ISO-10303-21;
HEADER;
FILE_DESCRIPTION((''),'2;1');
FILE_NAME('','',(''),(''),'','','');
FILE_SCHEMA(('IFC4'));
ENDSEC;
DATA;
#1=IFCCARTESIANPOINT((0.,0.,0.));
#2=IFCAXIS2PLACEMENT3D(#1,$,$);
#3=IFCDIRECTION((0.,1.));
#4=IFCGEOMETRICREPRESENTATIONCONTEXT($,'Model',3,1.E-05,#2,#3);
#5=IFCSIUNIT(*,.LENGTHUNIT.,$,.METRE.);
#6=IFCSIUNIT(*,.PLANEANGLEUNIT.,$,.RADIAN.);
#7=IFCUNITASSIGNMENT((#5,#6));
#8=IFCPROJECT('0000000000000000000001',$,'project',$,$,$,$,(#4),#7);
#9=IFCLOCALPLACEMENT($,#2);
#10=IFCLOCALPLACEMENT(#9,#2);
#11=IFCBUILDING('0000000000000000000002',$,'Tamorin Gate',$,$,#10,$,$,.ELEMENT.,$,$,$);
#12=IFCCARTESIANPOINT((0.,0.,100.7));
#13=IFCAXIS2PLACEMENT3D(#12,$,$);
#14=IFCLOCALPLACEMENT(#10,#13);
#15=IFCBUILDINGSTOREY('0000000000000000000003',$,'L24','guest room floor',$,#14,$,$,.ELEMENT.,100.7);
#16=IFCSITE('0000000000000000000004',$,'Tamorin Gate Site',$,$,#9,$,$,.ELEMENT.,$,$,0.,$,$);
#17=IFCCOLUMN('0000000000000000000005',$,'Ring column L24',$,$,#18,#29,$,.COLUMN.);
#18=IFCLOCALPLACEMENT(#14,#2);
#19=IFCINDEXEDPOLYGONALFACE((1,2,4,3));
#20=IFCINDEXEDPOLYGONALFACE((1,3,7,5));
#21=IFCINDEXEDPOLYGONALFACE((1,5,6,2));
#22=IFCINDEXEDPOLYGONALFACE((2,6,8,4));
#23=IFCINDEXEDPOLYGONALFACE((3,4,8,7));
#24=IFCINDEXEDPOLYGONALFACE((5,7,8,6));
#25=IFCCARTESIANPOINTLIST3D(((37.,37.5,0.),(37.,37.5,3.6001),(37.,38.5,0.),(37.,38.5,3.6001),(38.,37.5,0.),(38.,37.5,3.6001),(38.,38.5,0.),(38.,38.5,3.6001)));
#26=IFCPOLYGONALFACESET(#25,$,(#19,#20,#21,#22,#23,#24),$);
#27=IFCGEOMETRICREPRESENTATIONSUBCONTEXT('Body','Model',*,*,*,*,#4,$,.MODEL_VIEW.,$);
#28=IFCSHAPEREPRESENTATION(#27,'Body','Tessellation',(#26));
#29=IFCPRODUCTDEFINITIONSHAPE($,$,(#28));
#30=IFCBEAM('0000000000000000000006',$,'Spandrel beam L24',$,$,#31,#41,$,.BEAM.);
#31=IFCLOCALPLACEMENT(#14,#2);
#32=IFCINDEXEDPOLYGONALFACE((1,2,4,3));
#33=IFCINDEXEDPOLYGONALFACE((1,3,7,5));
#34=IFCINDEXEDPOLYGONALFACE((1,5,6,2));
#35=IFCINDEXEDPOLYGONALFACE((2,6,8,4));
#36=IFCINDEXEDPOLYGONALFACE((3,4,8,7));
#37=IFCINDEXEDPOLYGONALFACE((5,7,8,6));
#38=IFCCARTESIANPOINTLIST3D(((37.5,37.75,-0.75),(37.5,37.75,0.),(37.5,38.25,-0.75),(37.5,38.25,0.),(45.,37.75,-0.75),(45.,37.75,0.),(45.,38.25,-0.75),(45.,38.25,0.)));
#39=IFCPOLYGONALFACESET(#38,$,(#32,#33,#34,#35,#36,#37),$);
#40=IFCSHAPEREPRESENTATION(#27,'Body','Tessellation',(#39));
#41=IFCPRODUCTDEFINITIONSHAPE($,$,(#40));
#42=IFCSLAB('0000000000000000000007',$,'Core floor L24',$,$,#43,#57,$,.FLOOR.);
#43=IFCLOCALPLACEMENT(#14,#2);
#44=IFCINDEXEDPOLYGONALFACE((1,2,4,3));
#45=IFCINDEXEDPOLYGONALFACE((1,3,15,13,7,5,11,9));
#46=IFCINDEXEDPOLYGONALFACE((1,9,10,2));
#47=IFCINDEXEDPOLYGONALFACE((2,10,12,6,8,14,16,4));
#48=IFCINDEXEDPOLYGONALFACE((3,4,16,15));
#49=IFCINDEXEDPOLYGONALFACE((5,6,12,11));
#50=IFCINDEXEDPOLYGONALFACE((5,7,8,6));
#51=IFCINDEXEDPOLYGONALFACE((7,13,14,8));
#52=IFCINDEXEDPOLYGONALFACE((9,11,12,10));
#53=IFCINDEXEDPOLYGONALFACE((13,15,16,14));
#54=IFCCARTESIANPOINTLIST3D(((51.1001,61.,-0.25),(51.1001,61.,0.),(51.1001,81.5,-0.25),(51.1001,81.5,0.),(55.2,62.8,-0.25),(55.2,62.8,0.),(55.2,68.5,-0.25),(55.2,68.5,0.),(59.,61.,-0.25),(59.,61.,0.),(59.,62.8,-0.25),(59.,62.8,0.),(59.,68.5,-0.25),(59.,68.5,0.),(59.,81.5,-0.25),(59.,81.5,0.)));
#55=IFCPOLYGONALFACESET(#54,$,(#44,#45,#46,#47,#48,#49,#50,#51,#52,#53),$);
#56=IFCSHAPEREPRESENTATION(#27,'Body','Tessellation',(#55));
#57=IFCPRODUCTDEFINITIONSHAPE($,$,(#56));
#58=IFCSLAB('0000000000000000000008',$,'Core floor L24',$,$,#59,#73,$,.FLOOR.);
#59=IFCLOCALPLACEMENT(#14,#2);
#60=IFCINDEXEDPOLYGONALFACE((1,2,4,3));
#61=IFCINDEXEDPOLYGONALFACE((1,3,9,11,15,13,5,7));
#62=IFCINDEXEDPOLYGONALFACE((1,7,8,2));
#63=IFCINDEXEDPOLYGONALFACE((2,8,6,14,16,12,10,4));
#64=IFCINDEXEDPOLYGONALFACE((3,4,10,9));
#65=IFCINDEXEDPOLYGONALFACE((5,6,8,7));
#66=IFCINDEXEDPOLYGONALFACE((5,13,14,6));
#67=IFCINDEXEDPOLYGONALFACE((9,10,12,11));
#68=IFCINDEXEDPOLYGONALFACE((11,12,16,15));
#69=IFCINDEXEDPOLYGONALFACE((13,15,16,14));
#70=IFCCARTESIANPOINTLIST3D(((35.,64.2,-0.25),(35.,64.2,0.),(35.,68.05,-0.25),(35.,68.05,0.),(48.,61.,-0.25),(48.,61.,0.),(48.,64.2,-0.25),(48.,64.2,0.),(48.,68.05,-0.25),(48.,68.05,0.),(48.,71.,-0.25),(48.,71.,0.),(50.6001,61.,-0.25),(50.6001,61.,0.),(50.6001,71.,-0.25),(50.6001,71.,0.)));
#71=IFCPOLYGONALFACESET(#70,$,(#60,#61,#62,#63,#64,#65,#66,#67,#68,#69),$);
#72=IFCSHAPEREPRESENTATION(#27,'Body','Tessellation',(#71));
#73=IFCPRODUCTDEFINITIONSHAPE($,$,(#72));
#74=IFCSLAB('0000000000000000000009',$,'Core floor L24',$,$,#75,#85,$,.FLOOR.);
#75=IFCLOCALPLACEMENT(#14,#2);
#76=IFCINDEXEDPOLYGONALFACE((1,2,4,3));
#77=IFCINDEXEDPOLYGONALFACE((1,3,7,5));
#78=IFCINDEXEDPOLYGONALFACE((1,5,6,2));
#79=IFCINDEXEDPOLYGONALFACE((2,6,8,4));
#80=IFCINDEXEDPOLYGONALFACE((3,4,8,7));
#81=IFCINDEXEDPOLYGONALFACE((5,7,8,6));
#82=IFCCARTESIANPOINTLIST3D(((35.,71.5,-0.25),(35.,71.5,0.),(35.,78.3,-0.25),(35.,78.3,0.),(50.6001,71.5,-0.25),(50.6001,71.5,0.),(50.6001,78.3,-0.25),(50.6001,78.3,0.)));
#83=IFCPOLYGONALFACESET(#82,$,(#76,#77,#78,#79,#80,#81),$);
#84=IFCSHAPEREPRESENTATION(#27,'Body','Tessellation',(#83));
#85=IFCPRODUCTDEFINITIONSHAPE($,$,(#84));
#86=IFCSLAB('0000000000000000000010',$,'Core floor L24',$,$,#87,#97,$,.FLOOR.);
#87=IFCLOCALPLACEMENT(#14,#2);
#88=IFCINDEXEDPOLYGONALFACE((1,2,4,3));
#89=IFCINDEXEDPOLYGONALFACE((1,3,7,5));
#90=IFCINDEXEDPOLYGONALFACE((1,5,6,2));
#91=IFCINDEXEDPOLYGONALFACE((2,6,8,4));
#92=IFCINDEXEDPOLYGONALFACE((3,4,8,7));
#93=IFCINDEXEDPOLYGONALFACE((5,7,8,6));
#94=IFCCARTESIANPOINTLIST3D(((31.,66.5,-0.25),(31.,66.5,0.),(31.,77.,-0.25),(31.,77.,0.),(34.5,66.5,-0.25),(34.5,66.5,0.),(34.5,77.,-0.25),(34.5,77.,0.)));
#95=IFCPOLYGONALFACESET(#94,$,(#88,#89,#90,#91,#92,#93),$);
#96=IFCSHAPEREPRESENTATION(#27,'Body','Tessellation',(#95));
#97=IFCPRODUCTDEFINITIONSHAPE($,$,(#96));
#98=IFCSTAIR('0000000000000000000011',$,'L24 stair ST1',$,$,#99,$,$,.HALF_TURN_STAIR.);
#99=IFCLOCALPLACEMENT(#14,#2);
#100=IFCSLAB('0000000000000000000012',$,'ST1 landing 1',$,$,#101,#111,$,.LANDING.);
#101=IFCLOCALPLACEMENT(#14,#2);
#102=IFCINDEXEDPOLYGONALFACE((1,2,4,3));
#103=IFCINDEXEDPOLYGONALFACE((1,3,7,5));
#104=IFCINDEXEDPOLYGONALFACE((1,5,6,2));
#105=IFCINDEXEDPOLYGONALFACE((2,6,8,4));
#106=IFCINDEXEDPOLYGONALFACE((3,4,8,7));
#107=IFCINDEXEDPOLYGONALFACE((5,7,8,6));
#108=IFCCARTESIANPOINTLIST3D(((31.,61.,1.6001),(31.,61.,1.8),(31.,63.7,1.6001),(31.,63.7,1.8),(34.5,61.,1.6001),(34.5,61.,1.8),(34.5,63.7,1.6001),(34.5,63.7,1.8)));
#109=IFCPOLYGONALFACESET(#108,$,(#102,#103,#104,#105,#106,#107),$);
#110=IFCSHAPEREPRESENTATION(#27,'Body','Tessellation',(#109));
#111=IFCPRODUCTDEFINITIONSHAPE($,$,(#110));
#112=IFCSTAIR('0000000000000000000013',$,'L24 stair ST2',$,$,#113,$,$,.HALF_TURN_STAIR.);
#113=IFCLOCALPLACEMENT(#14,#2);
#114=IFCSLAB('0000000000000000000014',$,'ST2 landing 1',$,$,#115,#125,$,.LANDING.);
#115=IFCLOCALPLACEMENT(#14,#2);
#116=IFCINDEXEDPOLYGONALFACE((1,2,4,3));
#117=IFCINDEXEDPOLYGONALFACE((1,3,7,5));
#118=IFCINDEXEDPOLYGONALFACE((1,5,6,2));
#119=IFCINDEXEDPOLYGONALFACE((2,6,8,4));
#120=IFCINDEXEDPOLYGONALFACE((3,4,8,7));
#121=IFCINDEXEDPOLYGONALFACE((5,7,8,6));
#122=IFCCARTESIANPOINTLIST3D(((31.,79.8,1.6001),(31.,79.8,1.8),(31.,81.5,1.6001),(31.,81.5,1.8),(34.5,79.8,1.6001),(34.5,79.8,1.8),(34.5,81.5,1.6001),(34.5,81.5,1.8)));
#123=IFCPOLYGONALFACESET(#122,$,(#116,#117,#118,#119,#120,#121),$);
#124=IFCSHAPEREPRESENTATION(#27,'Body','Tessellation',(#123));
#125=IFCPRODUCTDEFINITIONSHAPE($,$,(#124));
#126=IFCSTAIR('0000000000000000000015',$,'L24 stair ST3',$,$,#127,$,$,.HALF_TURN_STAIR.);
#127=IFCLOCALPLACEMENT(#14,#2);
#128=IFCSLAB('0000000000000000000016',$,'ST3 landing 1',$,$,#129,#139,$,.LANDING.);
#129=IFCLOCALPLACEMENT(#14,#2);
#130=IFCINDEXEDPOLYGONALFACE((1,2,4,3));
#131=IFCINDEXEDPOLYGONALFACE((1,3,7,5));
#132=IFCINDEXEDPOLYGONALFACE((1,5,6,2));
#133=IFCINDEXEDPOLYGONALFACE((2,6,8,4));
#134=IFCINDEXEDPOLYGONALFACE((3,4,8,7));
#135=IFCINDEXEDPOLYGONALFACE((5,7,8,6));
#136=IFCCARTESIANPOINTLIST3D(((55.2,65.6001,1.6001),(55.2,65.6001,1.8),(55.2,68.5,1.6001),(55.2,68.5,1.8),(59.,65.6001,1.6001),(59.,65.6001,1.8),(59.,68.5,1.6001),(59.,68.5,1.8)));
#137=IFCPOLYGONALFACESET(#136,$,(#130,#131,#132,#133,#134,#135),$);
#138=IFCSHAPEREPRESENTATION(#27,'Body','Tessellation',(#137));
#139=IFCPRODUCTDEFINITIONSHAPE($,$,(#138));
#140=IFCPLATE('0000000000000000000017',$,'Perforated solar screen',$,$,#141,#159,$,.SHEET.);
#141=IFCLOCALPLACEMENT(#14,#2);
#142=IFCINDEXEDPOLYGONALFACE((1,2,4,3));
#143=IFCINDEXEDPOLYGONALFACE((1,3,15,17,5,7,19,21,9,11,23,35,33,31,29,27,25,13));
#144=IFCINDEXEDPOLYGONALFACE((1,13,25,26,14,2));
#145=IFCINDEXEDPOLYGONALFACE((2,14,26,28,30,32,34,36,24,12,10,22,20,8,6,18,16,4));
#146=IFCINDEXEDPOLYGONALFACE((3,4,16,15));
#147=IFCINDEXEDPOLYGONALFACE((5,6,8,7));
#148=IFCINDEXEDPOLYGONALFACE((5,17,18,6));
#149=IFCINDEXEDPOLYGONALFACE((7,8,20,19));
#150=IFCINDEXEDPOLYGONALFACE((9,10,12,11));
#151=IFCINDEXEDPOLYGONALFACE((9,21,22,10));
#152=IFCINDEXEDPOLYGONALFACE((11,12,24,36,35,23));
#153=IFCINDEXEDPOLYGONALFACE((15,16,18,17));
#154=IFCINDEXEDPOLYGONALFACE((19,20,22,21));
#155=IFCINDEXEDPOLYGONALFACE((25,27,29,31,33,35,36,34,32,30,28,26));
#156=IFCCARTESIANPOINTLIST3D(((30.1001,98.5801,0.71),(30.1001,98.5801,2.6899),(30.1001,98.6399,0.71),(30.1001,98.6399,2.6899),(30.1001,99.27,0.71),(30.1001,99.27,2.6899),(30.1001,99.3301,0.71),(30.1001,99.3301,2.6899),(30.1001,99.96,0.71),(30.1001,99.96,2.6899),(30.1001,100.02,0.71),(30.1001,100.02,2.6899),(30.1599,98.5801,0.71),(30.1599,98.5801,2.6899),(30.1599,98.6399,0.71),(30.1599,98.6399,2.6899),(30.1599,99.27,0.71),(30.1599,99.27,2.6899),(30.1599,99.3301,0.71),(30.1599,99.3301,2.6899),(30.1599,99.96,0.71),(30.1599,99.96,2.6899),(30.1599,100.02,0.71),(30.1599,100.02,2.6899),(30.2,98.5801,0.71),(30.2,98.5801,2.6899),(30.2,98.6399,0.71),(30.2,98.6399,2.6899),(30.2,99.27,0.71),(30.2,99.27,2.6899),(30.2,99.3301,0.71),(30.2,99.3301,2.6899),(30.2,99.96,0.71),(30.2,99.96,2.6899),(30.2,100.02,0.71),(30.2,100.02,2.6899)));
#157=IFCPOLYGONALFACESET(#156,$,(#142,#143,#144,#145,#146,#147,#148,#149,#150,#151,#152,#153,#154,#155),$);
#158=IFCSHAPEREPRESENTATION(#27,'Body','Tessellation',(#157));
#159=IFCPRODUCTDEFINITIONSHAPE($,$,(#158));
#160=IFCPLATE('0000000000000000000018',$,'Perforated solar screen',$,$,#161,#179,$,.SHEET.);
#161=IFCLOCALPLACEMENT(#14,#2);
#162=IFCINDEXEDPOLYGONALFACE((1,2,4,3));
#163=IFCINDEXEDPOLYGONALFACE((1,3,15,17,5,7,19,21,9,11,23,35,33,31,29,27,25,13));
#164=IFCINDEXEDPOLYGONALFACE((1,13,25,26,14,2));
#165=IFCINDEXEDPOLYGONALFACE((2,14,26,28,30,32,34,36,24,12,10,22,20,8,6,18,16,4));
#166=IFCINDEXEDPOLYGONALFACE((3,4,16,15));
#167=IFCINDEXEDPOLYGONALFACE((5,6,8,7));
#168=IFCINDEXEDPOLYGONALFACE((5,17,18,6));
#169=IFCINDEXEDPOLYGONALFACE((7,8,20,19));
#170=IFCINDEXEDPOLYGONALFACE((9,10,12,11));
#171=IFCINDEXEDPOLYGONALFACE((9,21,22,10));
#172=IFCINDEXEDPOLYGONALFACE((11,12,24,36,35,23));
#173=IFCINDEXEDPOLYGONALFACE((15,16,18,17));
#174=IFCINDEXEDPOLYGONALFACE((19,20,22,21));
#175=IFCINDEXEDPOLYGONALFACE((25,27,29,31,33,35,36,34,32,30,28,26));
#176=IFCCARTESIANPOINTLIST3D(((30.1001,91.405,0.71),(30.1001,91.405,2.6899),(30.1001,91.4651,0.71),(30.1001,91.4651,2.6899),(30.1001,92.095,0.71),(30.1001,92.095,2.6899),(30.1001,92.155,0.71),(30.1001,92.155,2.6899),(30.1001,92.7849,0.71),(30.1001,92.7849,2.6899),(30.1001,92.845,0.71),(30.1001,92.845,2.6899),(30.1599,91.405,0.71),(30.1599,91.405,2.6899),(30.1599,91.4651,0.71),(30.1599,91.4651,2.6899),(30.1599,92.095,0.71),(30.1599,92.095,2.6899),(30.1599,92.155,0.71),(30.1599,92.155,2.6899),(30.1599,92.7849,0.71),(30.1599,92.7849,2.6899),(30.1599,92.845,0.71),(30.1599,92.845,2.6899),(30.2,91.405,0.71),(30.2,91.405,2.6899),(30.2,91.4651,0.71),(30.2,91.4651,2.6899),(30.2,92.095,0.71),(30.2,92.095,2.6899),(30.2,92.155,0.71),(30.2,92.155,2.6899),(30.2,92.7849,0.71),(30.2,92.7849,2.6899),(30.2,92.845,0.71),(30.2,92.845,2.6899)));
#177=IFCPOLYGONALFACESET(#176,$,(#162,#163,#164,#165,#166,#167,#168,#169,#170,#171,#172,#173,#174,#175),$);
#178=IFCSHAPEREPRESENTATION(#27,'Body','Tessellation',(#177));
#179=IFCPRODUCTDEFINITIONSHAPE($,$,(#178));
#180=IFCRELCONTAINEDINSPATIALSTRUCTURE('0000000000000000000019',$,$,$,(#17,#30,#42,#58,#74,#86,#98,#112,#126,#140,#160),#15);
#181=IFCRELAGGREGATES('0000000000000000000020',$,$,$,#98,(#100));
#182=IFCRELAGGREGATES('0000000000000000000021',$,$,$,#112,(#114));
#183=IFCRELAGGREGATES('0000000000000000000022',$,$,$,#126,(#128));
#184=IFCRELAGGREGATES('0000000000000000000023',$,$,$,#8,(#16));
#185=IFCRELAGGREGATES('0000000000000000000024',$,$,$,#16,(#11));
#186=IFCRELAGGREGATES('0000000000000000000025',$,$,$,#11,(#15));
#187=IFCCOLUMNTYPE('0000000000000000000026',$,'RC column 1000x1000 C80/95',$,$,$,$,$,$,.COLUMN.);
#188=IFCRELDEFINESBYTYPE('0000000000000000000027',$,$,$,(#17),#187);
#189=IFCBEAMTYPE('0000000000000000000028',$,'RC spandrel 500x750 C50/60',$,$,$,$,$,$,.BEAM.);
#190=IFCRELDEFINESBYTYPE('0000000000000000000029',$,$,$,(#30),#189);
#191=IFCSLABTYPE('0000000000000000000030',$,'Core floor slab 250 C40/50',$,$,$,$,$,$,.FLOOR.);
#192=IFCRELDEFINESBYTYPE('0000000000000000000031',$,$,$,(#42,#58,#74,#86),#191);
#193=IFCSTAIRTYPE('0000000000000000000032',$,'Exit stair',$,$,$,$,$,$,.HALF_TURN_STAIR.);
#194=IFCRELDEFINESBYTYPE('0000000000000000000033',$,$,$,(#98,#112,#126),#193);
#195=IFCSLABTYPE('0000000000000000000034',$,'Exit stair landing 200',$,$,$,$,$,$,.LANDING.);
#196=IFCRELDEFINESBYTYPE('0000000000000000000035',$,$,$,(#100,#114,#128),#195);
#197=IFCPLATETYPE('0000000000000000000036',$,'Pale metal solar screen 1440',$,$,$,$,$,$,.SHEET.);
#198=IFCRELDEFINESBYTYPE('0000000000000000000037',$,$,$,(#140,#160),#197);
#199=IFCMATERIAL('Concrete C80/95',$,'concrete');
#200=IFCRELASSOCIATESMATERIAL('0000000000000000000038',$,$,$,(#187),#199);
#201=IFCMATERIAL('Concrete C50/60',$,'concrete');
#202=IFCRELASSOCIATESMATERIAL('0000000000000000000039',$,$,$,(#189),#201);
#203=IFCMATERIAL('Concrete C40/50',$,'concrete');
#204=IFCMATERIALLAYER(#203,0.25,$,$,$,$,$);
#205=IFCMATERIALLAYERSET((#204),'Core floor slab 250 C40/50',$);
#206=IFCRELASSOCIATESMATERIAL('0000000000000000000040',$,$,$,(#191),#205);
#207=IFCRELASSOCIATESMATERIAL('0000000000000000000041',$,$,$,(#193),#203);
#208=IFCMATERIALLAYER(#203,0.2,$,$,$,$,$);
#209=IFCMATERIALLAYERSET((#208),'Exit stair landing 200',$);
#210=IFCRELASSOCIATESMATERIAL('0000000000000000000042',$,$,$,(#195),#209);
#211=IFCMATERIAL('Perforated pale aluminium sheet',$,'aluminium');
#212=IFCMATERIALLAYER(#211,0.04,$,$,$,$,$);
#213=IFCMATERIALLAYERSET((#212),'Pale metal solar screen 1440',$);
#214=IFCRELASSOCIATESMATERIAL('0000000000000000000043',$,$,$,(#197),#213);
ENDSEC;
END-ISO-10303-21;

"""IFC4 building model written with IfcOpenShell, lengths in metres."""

from ifc_helpers import new_model, si_unit, direction, frame, origin, origin_2d, place, context, subcontext, project, spatial, polyline, rectangle, outline, extrude, material, layer, layer_set, material_profile, profile_set, type_object, element, aggregate, save


model = new_model("IFC4")

# Units and contexts
model_context = context("Model", 3, precision=1e-05, world=origin(), true_north=direction((0.0, 1.0)))
body_context = subcontext(model_context, "Body", "Model", "MODEL_VIEW")
ifc_project = project(units=[si_unit("LENGTHUNIT", "METRE"), si_unit("PLANEANGLEUNIT", "RADIAN")], contexts=[model_context])

# Site, building, storey
site_placement = place(None, origin())
site = spatial("IfcSite", under=ifc_project, at=site_placement, Name="Tamorin Gate Site", CompositionType="ELEMENT", RefElevation=0.0)
building_placement = place(site_placement, origin())
building = spatial("IfcBuilding", under=site, at=building_placement, Name="Tamorin Gate", CompositionType="ELEMENT")
storey_placement = place(building_placement, frame((0.0, 0.0, 100.7)))
storey = spatial("IfcBuildingStorey", under=building, at=storey_placement, Name="L24", Description="guest room floor", CompositionType="ELEMENT", Elevation=100.7)

# Column
ifc_material_1 = material(Name="Concrete C80/95", Category="concrete")
ifc_material_profile_1 = material_profile(ifc_material_1, rectangle(XDim=1.0, YDim=1.0, at=origin_2d()), Name="RC 1000x1000")
ifc_profile_set_1 = profile_set([ifc_material_profile_1], Name="Concrete C80/95")
column_type = type_object("IfcColumnType", Name="RC column 1000x1000 C80/95", PredefinedType="COLUMN", material=ifc_profile_set_1)
column_placement = place(storey_placement, frame((37.5, 38.0, 0.0), z_axis=(0.0, 0.0, 1.0), x_axis=(1.0, 0.0, 0.0)))
element("IfcColumn", 1, at=column_placement, inside=storey, type_object=column_type, Name="Ring column L24", PredefinedType="COLUMN", context=body_context, shape_type="SweptSolid", body=[
    extrude(rectangle(XDim=1.0, YDim=1.0, at=origin_2d()), origin(), (0.0, 0.0, 1.0), 3.6001),
])

# Beam
ifc_material_2 = material(Name="Concrete C50/60", Category="concrete")
ifc_material_profile_2 = material_profile(ifc_material_2, rectangle(XDim=0.5, YDim=0.75, at=origin_2d()), Name="RC 500x750")
ifc_profile_set_2 = profile_set([ifc_material_profile_2], Name="Concrete C50/60")
beam_type = type_object("IfcBeamType", Name="RC spandrel 500x750 C50/60", PredefinedType="BEAM", material=ifc_profile_set_2)
beam_placement = place(storey_placement, frame((37.5, 38.0, -0.375), z_axis=(1.0, 0.0, 0.0), x_axis=(0.0, 1.0, 0.0)))
element("IfcBeam", 2, at=beam_placement, inside=storey, type_object=beam_type, Name="Spandrel beam L24", PredefinedType="BEAM", context=body_context, shape_type="SweptSolid", body=[
    extrude(rectangle(XDim=0.5, YDim=0.75, at=origin_2d()), origin(), (0.0, 0.0, 1.0), 7.5),
])

# Slabs
ifc_material_3 = material(Name="Concrete C40/50", Category="concrete")
ifc_layer_1 = layer(ifc_material_3, 0.25)
ifc_layer_set_1 = layer_set([ifc_layer_1], Name="Core floor slab 250 C40/50")
slab_type_1 = type_object("IfcSlabType", Name="Core floor slab 250 C40/50", PredefinedType="FLOOR", material=ifc_layer_set_1)
slab_1_placement = place(storey_placement, frame((0.0, 0.0, -0.25)))
element("IfcSlab", 3, at=slab_1_placement, inside=storey, type_object=slab_type_1, Name="Core floor L24", PredefinedType="FLOOR", context=body_context, shape_type="SweptSolid", body=[
    extrude(outline(polyline([(59.0, 62.8), (59.0, 61.0), (51.1001, 61.0), (51.1001, 81.5), (59.0, 81.5), (59.0, 68.5), (55.2, 68.5), (55.2, 62.8), (59.0, 62.8)])), origin(), (0.0, 0.0, 1.0), 0.25),
])
slab_2_placement = place(storey_placement, frame((0.0, 0.0, -0.25)))
element("IfcSlab", 4, at=slab_2_placement, inside=storey, type_object=slab_type_1, Name="Core floor L24", PredefinedType="FLOOR", context=body_context, shape_type="SweptSolid", body=[
    extrude(outline(polyline([(50.6001, 61.0), (48.0, 61.0), (48.0, 64.2), (35.0, 64.2), (35.0, 68.05), (48.0, 68.05), (48.0, 71.0), (50.6001, 71.0), (50.6001, 61.0)])), origin(), (0.0, 0.0, 1.0), 0.25),
])
slab_3_placement = place(storey_placement, frame((0.0, 0.0, -0.25)))
element("IfcSlab", 5, at=slab_3_placement, inside=storey, type_object=slab_type_1, Name="Core floor L24", PredefinedType="FLOOR", context=body_context, shape_type="SweptSolid", body=[
    extrude(outline(polyline([(50.6001, 71.5), (35.0, 71.5), (35.0, 78.3), (50.6001, 78.3), (50.6001, 71.5)])), origin(), (0.0, 0.0, 1.0), 0.25),
])
slab_4_placement = place(storey_placement, frame((0.0, 0.0, -0.25)))
element("IfcSlab", 6, at=slab_4_placement, inside=storey, type_object=slab_type_1, Name="Core floor L24", PredefinedType="FLOOR", context=body_context, shape_type="SweptSolid", body=[
    extrude(outline(polyline([(31.0, 66.5), (31.0, 77.0), (34.5, 77.0), (34.5, 66.5), (31.0, 66.5)])), origin(), (0.0, 0.0, 1.0), 0.25),
])

# Stairs, slabs
stair_type = type_object("IfcStairType", Name="Exit stair", PredefinedType="HALF_TURN_STAIR", material=ifc_material_3)
stair_1_placement = place(storey_placement, origin())
stair_1 = element("IfcStair", 7, at=stair_1_placement, inside=storey, type_object=stair_type, Name="L24 stair ST1", PredefinedType="HALF_TURN_STAIR")
ifc_layer_2 = layer(ifc_material_3, 0.2)
ifc_layer_set_2 = layer_set([ifc_layer_2], Name="Exit stair landing 200")
slab_type_2 = type_object("IfcSlabType", Name="Exit stair landing 200", PredefinedType="LANDING", material=ifc_layer_set_2)
slab_5_placement = place(storey_placement, frame((0.0, 0.0, 1.6001)))
slab_5 = element("IfcSlab", 8, at=slab_5_placement, type_object=slab_type_2, Name="ST1 landing 1", PredefinedType="LANDING", context=body_context, shape_type="SweptSolid", body=[
    extrude(outline(polyline([(31.0, 63.7), (31.0, 61.0), (34.5, 61.0), (34.5, 63.7), (31.0, 63.7)])), origin(), (0.0, 0.0, 1.0), 0.2),
])
aggregate(stair_1, [slab_5])
stair_2_placement = place(storey_placement, origin())
stair_2 = element("IfcStair", 9, at=stair_2_placement, inside=storey, type_object=stair_type, Name="L24 stair ST2", PredefinedType="HALF_TURN_STAIR")
slab_6_placement = place(storey_placement, frame((0.0, 0.0, 1.6001)))
slab_6 = element("IfcSlab", 10, at=slab_6_placement, type_object=slab_type_2, Name="ST2 landing 1", PredefinedType="LANDING", context=body_context, shape_type="SweptSolid", body=[
    extrude(outline(polyline([(34.5, 79.8), (34.5, 81.5), (31.0, 81.5), (31.0, 79.8), (34.5, 79.8)])), origin(), (0.0, 0.0, 1.0), 0.2),
])
aggregate(stair_2, [slab_6])
stair_3_placement = place(storey_placement, origin())
stair_3 = element("IfcStair", 11, at=stair_3_placement, inside=storey, type_object=stair_type, Name="L24 stair ST3", PredefinedType="HALF_TURN_STAIR")
slab_7_placement = place(storey_placement, frame((0.0, 0.0, 1.6001)))
slab_7 = element("IfcSlab", 12, at=slab_7_placement, type_object=slab_type_2, Name="ST3 landing 1", PredefinedType="LANDING", context=body_context, shape_type="SweptSolid", body=[
    extrude(outline(polyline([(59.0, 65.6001), (59.0, 68.5), (55.2, 68.5), (55.2, 65.6001), (59.0, 65.6001)])), origin(), (0.0, 0.0, 1.0), 0.2),
])
aggregate(stair_3, [slab_7])

# Plates
ifc_material_4 = material(Name="Perforated pale aluminium sheet", Category="aluminium")
ifc_layer_3 = layer(ifc_material_4, 0.04)
ifc_layer_set_3 = layer_set([ifc_layer_3], Name="Pale metal solar screen 1440")
plate_type = type_object("IfcPlateType", Name="Pale metal solar screen 1440", PredefinedType="SHEET", material=ifc_layer_set_3)
plate_1_placement = place(storey_placement, frame((0.0, 0.0, 0.71)))
element("IfcPlate", 13, at=plate_1_placement, inside=storey, type_object=plate_type, Name="Perforated solar screen", PredefinedType="SHEET", context=body_context, shape_type="SweptSolid", body=[
    extrude(outline(polyline([(30.1599, 100.02), (30.2, 100.02), (30.2, 99.96), (30.2, 99.3301), (30.2, 99.27), (30.2, 98.6399), (30.2, 98.5801), (30.1599, 98.5801), (30.1001, 98.5801), (30.1001, 98.6399), (30.1599, 98.6399), (30.1599, 99.27), (30.1001, 99.27), (30.1001, 99.3301), (30.1599, 99.3301), (30.1599, 99.96), (30.1001, 99.96), (30.1001, 100.02), (30.1599, 100.02)])), origin(), (0.0, 0.0, 1.0), 1.98),
])
plate_2_placement = place(storey_placement, frame((0.0, 0.0, 0.71)))
element("IfcPlate", 14, at=plate_2_placement, inside=storey, type_object=plate_type, Name="Perforated solar screen", PredefinedType="SHEET", context=body_context, shape_type="SweptSolid", body=[
    extrude(outline(polyline([(30.1599, 92.845), (30.2, 92.845), (30.2, 92.7849), (30.2, 92.155), (30.2, 92.095), (30.2, 91.4651), (30.2, 91.405), (30.1599, 91.405), (30.1001, 91.405), (30.1001, 91.4651), (30.1599, 91.4651), (30.1599, 92.095), (30.1001, 92.095), (30.1001, 92.155), (30.1599, 92.155), (30.1599, 92.7849), (30.1001, 92.7849), (30.1001, 92.845), (30.1599, 92.845)])), origin(), (0.0, 0.0, 1.0), 1.98),
])

save(model, "model.ifc")
